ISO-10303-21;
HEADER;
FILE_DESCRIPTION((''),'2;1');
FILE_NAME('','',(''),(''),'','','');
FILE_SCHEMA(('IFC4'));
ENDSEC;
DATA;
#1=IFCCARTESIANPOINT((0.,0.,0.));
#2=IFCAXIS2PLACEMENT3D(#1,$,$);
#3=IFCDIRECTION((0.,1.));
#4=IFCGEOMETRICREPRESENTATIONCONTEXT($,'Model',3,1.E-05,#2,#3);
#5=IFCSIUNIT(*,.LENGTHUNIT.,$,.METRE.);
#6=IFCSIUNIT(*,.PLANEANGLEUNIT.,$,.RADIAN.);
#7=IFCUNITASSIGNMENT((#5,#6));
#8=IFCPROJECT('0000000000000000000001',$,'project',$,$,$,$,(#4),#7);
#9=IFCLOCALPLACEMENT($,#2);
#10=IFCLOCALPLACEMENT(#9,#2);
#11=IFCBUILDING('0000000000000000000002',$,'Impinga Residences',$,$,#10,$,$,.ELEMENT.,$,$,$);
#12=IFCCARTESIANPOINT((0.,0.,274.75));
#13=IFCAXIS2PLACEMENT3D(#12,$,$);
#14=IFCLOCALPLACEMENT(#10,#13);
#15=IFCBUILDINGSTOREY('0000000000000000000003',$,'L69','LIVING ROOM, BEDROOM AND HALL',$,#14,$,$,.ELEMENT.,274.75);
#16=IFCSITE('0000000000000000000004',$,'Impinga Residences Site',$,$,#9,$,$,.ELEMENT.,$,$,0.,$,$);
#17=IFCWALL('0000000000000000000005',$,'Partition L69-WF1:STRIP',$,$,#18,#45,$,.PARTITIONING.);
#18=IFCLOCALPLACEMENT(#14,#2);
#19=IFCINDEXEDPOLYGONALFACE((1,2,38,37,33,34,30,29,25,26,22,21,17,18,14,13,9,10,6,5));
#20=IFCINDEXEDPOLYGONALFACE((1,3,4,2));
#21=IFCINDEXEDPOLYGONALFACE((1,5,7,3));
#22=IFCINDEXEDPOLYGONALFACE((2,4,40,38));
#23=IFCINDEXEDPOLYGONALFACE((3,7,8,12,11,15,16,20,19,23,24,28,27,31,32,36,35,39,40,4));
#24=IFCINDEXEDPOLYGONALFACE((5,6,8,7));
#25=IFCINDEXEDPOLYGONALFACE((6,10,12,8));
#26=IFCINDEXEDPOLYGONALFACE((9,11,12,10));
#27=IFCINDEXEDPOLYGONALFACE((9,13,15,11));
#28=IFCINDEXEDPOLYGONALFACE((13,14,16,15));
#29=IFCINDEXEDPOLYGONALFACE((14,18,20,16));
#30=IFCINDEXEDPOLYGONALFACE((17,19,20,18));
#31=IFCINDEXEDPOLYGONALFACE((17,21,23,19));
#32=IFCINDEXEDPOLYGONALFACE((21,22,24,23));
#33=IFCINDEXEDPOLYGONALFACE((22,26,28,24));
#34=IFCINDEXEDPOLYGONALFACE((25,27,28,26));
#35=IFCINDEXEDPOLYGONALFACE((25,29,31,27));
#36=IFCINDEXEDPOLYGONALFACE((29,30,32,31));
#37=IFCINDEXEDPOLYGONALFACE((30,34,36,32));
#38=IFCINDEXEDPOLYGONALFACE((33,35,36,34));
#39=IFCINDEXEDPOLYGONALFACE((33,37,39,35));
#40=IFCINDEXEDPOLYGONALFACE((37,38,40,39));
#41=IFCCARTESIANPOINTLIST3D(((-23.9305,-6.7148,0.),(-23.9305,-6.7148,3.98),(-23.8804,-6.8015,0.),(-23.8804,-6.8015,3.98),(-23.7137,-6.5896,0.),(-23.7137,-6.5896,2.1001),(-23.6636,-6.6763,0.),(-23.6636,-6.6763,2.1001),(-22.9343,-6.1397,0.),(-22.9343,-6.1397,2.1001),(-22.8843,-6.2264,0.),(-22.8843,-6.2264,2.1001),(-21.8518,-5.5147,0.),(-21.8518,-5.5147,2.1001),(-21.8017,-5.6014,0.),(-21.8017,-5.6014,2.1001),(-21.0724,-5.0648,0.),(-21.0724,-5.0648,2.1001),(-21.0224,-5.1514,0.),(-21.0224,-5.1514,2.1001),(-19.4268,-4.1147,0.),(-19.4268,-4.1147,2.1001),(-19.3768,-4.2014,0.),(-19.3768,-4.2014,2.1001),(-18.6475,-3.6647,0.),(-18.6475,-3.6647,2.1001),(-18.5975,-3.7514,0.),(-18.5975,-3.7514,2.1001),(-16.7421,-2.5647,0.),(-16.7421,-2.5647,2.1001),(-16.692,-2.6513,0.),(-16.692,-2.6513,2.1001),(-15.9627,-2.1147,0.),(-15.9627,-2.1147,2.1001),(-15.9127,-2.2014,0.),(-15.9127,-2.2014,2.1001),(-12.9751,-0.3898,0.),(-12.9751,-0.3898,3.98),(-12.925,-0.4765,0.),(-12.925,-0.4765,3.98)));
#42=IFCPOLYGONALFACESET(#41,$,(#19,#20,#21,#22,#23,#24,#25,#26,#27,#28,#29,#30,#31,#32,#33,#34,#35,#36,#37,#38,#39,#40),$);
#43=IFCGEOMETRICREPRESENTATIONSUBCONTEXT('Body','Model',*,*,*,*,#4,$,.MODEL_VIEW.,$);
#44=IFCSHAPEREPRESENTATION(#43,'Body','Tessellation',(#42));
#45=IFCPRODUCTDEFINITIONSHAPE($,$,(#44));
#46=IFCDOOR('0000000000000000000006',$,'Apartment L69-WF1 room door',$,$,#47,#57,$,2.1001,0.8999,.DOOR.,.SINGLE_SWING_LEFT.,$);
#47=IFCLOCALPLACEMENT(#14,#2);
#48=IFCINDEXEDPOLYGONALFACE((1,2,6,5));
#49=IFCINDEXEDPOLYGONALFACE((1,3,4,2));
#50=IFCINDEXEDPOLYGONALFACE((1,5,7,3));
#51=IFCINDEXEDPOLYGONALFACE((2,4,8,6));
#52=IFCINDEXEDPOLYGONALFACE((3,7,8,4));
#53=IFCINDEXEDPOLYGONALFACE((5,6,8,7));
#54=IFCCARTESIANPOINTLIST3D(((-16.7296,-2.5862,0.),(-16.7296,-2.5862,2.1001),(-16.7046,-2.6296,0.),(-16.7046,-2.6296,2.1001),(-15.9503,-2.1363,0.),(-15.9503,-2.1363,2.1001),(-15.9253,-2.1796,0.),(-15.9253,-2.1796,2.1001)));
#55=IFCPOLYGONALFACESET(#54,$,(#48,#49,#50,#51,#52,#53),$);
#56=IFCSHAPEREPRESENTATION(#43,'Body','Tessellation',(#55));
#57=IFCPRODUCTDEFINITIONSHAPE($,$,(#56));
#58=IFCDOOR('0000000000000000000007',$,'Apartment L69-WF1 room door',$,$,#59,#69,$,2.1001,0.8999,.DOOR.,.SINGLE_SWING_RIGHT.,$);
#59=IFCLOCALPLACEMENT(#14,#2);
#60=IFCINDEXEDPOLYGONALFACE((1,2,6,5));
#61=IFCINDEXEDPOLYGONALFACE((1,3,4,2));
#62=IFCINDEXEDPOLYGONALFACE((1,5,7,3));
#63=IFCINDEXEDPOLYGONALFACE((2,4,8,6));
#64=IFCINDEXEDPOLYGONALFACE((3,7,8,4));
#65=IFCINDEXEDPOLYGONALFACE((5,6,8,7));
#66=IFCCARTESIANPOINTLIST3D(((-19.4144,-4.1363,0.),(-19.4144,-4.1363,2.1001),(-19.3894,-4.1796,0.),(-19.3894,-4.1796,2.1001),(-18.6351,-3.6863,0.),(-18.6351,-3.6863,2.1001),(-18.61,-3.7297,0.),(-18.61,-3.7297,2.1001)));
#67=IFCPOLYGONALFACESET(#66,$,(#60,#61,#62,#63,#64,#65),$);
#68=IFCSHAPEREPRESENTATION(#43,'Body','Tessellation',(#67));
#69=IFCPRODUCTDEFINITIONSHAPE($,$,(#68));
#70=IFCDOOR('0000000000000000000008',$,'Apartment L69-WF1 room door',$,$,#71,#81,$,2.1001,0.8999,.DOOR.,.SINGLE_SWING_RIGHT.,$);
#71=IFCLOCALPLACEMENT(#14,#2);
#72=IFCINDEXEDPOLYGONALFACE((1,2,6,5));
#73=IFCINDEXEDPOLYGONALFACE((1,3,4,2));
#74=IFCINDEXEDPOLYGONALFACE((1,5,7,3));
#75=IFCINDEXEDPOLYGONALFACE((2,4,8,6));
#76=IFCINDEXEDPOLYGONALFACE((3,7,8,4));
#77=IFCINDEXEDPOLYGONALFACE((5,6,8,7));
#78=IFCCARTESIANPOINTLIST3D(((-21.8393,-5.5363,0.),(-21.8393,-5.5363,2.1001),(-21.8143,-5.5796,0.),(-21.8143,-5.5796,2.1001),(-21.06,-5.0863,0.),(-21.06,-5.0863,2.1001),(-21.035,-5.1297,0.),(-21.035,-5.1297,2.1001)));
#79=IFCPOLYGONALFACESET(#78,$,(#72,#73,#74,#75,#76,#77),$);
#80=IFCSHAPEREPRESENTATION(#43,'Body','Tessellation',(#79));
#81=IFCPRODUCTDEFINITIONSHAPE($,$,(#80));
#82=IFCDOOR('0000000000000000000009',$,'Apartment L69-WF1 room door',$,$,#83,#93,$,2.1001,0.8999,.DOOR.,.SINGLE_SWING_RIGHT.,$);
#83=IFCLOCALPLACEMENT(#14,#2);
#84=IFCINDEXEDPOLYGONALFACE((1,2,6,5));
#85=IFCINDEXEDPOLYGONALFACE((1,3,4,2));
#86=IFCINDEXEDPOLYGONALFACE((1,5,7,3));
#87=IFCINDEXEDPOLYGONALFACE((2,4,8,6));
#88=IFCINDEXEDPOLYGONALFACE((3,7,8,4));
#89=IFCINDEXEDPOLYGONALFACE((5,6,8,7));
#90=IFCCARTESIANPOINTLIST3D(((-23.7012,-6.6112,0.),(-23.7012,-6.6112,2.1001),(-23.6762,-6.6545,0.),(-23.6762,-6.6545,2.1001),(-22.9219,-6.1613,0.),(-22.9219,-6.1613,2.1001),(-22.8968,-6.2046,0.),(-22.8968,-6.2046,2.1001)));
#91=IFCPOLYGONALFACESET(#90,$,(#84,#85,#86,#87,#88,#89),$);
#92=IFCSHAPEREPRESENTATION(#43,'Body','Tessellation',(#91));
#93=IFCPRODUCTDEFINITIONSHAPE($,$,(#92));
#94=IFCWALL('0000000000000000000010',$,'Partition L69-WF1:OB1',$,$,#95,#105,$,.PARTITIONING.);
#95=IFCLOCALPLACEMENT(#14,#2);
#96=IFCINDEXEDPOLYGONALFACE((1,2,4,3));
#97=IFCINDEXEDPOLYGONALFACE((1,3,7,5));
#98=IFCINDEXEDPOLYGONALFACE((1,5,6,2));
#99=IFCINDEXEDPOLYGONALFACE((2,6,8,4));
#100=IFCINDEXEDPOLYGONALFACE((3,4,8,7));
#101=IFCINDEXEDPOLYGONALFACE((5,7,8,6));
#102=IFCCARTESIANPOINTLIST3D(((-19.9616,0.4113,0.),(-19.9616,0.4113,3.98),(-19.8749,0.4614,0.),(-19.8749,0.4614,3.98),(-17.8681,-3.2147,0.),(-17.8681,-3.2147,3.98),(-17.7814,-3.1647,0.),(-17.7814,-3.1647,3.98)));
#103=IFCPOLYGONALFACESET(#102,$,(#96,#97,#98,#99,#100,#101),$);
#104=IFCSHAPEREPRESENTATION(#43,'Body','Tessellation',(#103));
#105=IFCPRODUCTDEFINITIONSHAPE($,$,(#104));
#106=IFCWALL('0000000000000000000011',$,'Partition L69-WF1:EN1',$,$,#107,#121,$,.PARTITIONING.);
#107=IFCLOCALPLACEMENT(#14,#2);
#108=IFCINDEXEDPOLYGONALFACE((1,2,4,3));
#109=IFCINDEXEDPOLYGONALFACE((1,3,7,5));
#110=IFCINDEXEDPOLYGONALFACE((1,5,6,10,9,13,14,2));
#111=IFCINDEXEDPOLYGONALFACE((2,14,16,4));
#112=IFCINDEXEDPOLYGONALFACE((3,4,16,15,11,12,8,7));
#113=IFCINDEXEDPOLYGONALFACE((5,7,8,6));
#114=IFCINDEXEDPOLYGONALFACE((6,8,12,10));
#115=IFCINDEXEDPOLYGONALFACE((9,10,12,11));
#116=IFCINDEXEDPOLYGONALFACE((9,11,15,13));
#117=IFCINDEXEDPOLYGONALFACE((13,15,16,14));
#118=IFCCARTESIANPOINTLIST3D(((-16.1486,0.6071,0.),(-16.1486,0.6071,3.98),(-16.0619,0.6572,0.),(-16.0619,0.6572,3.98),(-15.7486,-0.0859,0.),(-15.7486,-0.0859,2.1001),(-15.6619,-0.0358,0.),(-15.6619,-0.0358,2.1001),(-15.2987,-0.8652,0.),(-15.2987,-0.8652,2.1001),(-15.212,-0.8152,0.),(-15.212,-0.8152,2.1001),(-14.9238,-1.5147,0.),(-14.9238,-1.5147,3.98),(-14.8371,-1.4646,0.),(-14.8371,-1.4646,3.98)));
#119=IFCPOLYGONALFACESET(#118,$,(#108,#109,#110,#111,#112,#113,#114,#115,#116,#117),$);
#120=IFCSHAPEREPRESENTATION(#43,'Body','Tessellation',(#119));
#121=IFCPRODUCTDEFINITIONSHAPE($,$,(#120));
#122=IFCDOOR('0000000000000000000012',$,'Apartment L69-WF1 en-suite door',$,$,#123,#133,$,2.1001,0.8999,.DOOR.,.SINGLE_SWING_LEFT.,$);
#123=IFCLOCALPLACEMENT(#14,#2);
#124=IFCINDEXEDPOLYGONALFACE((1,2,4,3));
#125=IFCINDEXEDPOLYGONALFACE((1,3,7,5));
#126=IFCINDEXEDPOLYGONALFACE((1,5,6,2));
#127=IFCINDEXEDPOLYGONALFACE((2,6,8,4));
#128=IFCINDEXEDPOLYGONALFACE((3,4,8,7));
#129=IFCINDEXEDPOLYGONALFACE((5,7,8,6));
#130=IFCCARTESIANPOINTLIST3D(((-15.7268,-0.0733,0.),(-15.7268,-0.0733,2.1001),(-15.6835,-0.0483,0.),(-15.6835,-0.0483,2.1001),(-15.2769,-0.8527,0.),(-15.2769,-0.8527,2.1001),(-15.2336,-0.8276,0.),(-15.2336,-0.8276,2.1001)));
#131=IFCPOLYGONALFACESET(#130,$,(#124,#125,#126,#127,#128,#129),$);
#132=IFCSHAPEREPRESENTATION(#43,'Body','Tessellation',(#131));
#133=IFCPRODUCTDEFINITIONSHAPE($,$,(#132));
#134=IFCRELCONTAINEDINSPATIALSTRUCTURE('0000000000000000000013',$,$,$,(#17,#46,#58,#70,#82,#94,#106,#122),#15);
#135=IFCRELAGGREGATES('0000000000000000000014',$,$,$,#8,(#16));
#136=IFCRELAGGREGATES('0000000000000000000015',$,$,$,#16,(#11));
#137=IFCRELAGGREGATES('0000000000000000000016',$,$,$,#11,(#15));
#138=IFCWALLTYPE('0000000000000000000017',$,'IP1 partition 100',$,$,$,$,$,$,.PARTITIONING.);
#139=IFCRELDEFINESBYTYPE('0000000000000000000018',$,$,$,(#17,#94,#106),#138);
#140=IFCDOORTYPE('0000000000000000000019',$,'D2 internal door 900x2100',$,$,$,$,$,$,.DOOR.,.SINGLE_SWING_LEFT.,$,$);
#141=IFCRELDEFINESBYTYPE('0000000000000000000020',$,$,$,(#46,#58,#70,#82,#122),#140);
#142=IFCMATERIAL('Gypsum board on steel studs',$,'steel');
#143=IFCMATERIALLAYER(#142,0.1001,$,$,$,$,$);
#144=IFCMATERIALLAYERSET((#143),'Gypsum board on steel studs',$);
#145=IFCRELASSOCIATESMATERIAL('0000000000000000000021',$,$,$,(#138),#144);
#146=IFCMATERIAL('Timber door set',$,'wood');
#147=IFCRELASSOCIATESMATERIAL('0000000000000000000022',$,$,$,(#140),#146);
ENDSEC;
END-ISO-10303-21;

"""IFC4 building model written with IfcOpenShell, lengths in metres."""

from ifc_helpers import new_model, si_unit, direction, frame, frame_2d, origin, place, context, subcontext, project, spatial, rectangle, extrude, material, layer, layer_set, type_object, element, fill, save


model = new_model("IFC4")

# Units and contexts
model_context = context("Model", 3, precision=1e-05, world=origin(), true_north=direction((0.0, 1.0)))
body_context = subcontext(model_context, "Body", "Model", "MODEL_VIEW")
ifc_project = project(units=[si_unit("LENGTHUNIT", "METRE"), si_unit("PLANEANGLEUNIT", "RADIAN")], contexts=[model_context])

# Site, building, storey
site_placement = place(None, origin())
site = spatial("IfcSite", under=ifc_project, at=site_placement, Name="Impinga Residences Site", CompositionType="ELEMENT", RefElevation=0.0)
building_placement = place(site_placement, origin())
building = spatial("IfcBuilding", under=site, at=building_placement, Name="Impinga Residences", CompositionType="ELEMENT")
storey_placement = place(building_placement, frame((0.0, 0.0, 274.75)))
storey = spatial("IfcBuildingStorey", under=building, at=storey_placement, Name="L69", Description="LIVING ROOM, BEDROOM AND HALL", CompositionType="ELEMENT", Elevation=274.75)

# Shared definitions
ifc_material_1 = material(Name="Gypsum board on steel studs", Category="steel")
ifc_layer_1 = layer(ifc_material_1, 0.1001)
ifc_layer_set_1 = layer_set([ifc_layer_1], Name="Gypsum board on steel studs")
wall_type_1 = type_object("IfcWallType", Name="IP1 partition 100", PredefinedType="PARTITIONING", material=ifc_layer_set_1)

# Wall, openings, doors
wall_1_placement = place(storey_placement, frame((-12.95, -0.4331, 0.0), z_axis=(0.0, 0.0, 1.0), x_axis=(-0.866029, -0.499994, 0.0)))
wall_1 = element("IfcWall", 1, at=wall_1_placement, inside=storey, type_object=wall_type_1, Name="Partition L69-WF1:STRIP", PredefinedType="PARTITIONING", context=body_context, shape_type="SweptSolid", body=[
    extrude(rectangle(XDim=12.6501, YDim=0.1001, at=frame_2d((6.3252, 0.0))), origin(), (0.0, 0.0, 1.0), 3.98),
])
opening_1_placement = place(wall_1_placement, frame((3.45, 0.0, 0.0)))
opening_1 = element("IfcOpeningElement", 2, at=opening_1_placement, cuts=wall_1, PredefinedType="OPENING", context=body_context, shape_type="SweptSolid", body=[
    extrude(rectangle(XDim=0.8999, YDim=2.1001, at=frame_2d((0.45, 1.05))), frame((0.0, 0.0601, 0.0), z_axis=(0.0, -1.0, 0.0), x_axis=(1.0, 0.0, 0.0)), (0.0, 0.0, 1.0), 0.1201),
])
opening_2_placement = place(wall_1_placement, frame((6.55, 0.0, 0.0)))
opening_2 = element("IfcOpeningElement", 3, at=opening_2_placement, cuts=wall_1, PredefinedType="OPENING", context=body_context, shape_type="SweptSolid", body=[
    extrude(rectangle(XDim=0.8999, YDim=2.1001, at=frame_2d((0.45, 1.05))), frame((0.0, 0.0601, 0.0), z_axis=(0.0, -1.0, 0.0), x_axis=(1.0, 0.0, 0.0)), (0.0, 0.0, 1.0), 0.1201),
])
opening_3_placement = place(wall_1_placement, frame((9.3501, 0.0, 0.0)))
opening_3 = element("IfcOpeningElement", 4, at=opening_3_placement, cuts=wall_1, PredefinedType="OPENING", context=body_context, shape_type="SweptSolid", body=[
    extrude(rectangle(XDim=0.8999, YDim=2.1001, at=frame_2d((0.45, 1.05))), frame((0.0, 0.0601, 0.0), z_axis=(0.0, -1.0, 0.0), x_axis=(1.0, 0.0, 0.0)), (0.0, 0.0, 1.0), 0.1201),
])
opening_4_placement = place(wall_1_placement, frame((11.5, 0.0, 0.0)))
opening_4 = element("IfcOpeningElement", 5, at=opening_4_placement, cuts=wall_1, PredefinedType="OPENING", context=body_context, shape_type="SweptSolid", body=[
    extrude(rectangle(XDim=0.8999, YDim=2.1001, at=frame_2d((0.45, 1.05))), frame((0.0, 0.0601, 0.0), z_axis=(0.0, -1.0, 0.0), x_axis=(1.0, 0.0, 0.0)), (0.0, 0.0, 1.0), 0.1201),
])
ifc_material_2 = material(Name="Timber door set", Category="wood")
door_type_1 = type_object("IfcDoorType", Name="D2 internal door 900x2100", OperationType="SINGLE_SWING_LEFT", PredefinedType="DOOR", material=ifc_material_2)
door_1_placement = place(opening_1_placement, origin())
door_1 = element("IfcDoor", 6, at=door_1_placement, inside=storey, type_object=door_type_1, Name="Apartment L69-WF1 room door", OperationType="SINGLE_SWING_LEFT", OverallHeight=2.1001, OverallWidth=0.8999, PredefinedType="DOOR", context=body_context, shape_type="SweptSolid", body=[
    extrude(rectangle(XDim=0.8999, YDim=2.1001, at=frame_2d((0.45, 1.05))), frame((0.0, 0.0249, 0.0), z_axis=(0.0, -1.0, 0.0), x_axis=(1.0, 0.0, 0.0)), (0.0, 0.0, 1.0), 0.05),
])
fill(opening_1, door_1)
door_2_placement = place(opening_2_placement, origin())
door_2 = element("IfcDoor", 7, at=door_2_placement, inside=storey, type_object=door_type_1, Name="Apartment L69-WF1 room door", OperationType="SINGLE_SWING_RIGHT", OverallHeight=2.1001, OverallWidth=0.8999, PredefinedType="DOOR", context=body_context, shape_type="SweptSolid", body=[
    extrude(rectangle(XDim=0.8999, YDim=2.1001, at=frame_2d((0.45, 1.05))), frame((0.0, 0.0249, 0.0), z_axis=(0.0, -1.0, 0.0), x_axis=(1.0, 0.0, 0.0)), (0.0, 0.0, 1.0), 0.05),
])
fill(opening_2, door_2)
door_3_placement = place(opening_3_placement, origin())
door_3 = element("IfcDoor", 8, at=door_3_placement, inside=storey, type_object=door_type_1, Name="Apartment L69-WF1 room door", OperationType="SINGLE_SWING_RIGHT", OverallHeight=2.1001, OverallWidth=0.8999, PredefinedType="DOOR", context=body_context, shape_type="SweptSolid", body=[
    extrude(rectangle(XDim=0.8999, YDim=2.1001, at=frame_2d((0.45, 1.05))), frame((0.0, 0.0249, 0.0), z_axis=(0.0, -1.0, 0.0), x_axis=(1.0, 0.0, 0.0)), (0.0, 0.0, 1.0), 0.05),
])
fill(opening_3, door_3)
door_4_placement = place(opening_4_placement, origin())
door_4 = element("IfcDoor", 9, at=door_4_placement, inside=storey, type_object=door_type_1, Name="Apartment L69-WF1 room door", OperationType="SINGLE_SWING_RIGHT", OverallHeight=2.1001, OverallWidth=0.8999, PredefinedType="DOOR", context=body_context, shape_type="SweptSolid", body=[
    extrude(rectangle(XDim=0.8999, YDim=2.1001, at=frame_2d((0.45, 1.05))), frame((0.0, 0.0249, 0.0), z_axis=(0.0, -1.0, 0.0), x_axis=(1.0, 0.0, 0.0)), (0.0, 0.0, 1.0), 0.05),
])
fill(opening_4, door_4)

# Wall
wall_2_placement = place(storey_placement, frame((-17.8247, -3.1897, 0.0), z_axis=(0.0, 0.0, 1.0), x_axis=(-0.500008, 0.866021, 0.0)))
element("IfcWall", 10, at=wall_2_placement, inside=storey, type_object=wall_type_1, Name="Partition L69-WF1:OB1", PredefinedType="PARTITIONING", context=body_context, shape_type="SweptSolid", body=[
    extrude(rectangle(XDim=4.187, YDim=0.1001, at=frame_2d((2.0935, 0.0))), origin(), (0.0, 0.0, 1.0), 3.98),
])

# Wall, opening, door
wall_3_placement = place(storey_placement, frame((-14.8804, -1.4897, 0.0), z_axis=(0.0, 0.0, 1.0), x_axis=(-0.499944, 0.866058, 0.0)))
wall_3 = element("IfcWall", 11, at=wall_3_placement, inside=storey, type_object=wall_type_1, Name="Partition L69-WF1:EN1", PredefinedType="PARTITIONING", context=body_context, shape_type="SweptSolid", body=[
    extrude(rectangle(XDim=2.45, YDim=0.1001, at=frame_2d((1.2251, 0.0))), origin(), (0.0, 0.0, 1.0), 3.98),
])
opening_5_placement = place(wall_3_placement, frame((0.75, 0.0, 0.0)))
opening_5 = element("IfcOpeningElement", 12, at=opening_5_placement, cuts=wall_3, PredefinedType="OPENING", context=body_context, shape_type="SweptSolid", body=[
    extrude(rectangle(XDim=0.8999, YDim=2.1001, at=frame_2d((0.45, 1.05))), frame((0.0, 0.0601, 0.0), z_axis=(0.0, -1.0, 0.0), x_axis=(1.0, 0.0, 0.0)), (0.0, 0.0, 1.0), 0.1201),
])
door_5_placement = place(opening_5_placement, origin())
door_5 = element("IfcDoor", 13, at=door_5_placement, inside=storey, type_object=door_type_1, Name="Apartment L69-WF1 en-suite door", OperationType="SINGLE_SWING_LEFT", OverallHeight=2.1001, OverallWidth=0.8999, PredefinedType="DOOR", context=body_context, shape_type="SweptSolid", body=[
    extrude(rectangle(XDim=0.8999, YDim=2.1001, at=frame_2d((0.45, 1.05))), frame((0.0, 0.0249, 0.0), z_axis=(0.0, -1.0, 0.0), x_axis=(1.0, 0.0, 0.0)), (0.0, 0.0, 1.0), 0.05),
])
fill(opening_5, door_5)

save(model, "model.ifc")
